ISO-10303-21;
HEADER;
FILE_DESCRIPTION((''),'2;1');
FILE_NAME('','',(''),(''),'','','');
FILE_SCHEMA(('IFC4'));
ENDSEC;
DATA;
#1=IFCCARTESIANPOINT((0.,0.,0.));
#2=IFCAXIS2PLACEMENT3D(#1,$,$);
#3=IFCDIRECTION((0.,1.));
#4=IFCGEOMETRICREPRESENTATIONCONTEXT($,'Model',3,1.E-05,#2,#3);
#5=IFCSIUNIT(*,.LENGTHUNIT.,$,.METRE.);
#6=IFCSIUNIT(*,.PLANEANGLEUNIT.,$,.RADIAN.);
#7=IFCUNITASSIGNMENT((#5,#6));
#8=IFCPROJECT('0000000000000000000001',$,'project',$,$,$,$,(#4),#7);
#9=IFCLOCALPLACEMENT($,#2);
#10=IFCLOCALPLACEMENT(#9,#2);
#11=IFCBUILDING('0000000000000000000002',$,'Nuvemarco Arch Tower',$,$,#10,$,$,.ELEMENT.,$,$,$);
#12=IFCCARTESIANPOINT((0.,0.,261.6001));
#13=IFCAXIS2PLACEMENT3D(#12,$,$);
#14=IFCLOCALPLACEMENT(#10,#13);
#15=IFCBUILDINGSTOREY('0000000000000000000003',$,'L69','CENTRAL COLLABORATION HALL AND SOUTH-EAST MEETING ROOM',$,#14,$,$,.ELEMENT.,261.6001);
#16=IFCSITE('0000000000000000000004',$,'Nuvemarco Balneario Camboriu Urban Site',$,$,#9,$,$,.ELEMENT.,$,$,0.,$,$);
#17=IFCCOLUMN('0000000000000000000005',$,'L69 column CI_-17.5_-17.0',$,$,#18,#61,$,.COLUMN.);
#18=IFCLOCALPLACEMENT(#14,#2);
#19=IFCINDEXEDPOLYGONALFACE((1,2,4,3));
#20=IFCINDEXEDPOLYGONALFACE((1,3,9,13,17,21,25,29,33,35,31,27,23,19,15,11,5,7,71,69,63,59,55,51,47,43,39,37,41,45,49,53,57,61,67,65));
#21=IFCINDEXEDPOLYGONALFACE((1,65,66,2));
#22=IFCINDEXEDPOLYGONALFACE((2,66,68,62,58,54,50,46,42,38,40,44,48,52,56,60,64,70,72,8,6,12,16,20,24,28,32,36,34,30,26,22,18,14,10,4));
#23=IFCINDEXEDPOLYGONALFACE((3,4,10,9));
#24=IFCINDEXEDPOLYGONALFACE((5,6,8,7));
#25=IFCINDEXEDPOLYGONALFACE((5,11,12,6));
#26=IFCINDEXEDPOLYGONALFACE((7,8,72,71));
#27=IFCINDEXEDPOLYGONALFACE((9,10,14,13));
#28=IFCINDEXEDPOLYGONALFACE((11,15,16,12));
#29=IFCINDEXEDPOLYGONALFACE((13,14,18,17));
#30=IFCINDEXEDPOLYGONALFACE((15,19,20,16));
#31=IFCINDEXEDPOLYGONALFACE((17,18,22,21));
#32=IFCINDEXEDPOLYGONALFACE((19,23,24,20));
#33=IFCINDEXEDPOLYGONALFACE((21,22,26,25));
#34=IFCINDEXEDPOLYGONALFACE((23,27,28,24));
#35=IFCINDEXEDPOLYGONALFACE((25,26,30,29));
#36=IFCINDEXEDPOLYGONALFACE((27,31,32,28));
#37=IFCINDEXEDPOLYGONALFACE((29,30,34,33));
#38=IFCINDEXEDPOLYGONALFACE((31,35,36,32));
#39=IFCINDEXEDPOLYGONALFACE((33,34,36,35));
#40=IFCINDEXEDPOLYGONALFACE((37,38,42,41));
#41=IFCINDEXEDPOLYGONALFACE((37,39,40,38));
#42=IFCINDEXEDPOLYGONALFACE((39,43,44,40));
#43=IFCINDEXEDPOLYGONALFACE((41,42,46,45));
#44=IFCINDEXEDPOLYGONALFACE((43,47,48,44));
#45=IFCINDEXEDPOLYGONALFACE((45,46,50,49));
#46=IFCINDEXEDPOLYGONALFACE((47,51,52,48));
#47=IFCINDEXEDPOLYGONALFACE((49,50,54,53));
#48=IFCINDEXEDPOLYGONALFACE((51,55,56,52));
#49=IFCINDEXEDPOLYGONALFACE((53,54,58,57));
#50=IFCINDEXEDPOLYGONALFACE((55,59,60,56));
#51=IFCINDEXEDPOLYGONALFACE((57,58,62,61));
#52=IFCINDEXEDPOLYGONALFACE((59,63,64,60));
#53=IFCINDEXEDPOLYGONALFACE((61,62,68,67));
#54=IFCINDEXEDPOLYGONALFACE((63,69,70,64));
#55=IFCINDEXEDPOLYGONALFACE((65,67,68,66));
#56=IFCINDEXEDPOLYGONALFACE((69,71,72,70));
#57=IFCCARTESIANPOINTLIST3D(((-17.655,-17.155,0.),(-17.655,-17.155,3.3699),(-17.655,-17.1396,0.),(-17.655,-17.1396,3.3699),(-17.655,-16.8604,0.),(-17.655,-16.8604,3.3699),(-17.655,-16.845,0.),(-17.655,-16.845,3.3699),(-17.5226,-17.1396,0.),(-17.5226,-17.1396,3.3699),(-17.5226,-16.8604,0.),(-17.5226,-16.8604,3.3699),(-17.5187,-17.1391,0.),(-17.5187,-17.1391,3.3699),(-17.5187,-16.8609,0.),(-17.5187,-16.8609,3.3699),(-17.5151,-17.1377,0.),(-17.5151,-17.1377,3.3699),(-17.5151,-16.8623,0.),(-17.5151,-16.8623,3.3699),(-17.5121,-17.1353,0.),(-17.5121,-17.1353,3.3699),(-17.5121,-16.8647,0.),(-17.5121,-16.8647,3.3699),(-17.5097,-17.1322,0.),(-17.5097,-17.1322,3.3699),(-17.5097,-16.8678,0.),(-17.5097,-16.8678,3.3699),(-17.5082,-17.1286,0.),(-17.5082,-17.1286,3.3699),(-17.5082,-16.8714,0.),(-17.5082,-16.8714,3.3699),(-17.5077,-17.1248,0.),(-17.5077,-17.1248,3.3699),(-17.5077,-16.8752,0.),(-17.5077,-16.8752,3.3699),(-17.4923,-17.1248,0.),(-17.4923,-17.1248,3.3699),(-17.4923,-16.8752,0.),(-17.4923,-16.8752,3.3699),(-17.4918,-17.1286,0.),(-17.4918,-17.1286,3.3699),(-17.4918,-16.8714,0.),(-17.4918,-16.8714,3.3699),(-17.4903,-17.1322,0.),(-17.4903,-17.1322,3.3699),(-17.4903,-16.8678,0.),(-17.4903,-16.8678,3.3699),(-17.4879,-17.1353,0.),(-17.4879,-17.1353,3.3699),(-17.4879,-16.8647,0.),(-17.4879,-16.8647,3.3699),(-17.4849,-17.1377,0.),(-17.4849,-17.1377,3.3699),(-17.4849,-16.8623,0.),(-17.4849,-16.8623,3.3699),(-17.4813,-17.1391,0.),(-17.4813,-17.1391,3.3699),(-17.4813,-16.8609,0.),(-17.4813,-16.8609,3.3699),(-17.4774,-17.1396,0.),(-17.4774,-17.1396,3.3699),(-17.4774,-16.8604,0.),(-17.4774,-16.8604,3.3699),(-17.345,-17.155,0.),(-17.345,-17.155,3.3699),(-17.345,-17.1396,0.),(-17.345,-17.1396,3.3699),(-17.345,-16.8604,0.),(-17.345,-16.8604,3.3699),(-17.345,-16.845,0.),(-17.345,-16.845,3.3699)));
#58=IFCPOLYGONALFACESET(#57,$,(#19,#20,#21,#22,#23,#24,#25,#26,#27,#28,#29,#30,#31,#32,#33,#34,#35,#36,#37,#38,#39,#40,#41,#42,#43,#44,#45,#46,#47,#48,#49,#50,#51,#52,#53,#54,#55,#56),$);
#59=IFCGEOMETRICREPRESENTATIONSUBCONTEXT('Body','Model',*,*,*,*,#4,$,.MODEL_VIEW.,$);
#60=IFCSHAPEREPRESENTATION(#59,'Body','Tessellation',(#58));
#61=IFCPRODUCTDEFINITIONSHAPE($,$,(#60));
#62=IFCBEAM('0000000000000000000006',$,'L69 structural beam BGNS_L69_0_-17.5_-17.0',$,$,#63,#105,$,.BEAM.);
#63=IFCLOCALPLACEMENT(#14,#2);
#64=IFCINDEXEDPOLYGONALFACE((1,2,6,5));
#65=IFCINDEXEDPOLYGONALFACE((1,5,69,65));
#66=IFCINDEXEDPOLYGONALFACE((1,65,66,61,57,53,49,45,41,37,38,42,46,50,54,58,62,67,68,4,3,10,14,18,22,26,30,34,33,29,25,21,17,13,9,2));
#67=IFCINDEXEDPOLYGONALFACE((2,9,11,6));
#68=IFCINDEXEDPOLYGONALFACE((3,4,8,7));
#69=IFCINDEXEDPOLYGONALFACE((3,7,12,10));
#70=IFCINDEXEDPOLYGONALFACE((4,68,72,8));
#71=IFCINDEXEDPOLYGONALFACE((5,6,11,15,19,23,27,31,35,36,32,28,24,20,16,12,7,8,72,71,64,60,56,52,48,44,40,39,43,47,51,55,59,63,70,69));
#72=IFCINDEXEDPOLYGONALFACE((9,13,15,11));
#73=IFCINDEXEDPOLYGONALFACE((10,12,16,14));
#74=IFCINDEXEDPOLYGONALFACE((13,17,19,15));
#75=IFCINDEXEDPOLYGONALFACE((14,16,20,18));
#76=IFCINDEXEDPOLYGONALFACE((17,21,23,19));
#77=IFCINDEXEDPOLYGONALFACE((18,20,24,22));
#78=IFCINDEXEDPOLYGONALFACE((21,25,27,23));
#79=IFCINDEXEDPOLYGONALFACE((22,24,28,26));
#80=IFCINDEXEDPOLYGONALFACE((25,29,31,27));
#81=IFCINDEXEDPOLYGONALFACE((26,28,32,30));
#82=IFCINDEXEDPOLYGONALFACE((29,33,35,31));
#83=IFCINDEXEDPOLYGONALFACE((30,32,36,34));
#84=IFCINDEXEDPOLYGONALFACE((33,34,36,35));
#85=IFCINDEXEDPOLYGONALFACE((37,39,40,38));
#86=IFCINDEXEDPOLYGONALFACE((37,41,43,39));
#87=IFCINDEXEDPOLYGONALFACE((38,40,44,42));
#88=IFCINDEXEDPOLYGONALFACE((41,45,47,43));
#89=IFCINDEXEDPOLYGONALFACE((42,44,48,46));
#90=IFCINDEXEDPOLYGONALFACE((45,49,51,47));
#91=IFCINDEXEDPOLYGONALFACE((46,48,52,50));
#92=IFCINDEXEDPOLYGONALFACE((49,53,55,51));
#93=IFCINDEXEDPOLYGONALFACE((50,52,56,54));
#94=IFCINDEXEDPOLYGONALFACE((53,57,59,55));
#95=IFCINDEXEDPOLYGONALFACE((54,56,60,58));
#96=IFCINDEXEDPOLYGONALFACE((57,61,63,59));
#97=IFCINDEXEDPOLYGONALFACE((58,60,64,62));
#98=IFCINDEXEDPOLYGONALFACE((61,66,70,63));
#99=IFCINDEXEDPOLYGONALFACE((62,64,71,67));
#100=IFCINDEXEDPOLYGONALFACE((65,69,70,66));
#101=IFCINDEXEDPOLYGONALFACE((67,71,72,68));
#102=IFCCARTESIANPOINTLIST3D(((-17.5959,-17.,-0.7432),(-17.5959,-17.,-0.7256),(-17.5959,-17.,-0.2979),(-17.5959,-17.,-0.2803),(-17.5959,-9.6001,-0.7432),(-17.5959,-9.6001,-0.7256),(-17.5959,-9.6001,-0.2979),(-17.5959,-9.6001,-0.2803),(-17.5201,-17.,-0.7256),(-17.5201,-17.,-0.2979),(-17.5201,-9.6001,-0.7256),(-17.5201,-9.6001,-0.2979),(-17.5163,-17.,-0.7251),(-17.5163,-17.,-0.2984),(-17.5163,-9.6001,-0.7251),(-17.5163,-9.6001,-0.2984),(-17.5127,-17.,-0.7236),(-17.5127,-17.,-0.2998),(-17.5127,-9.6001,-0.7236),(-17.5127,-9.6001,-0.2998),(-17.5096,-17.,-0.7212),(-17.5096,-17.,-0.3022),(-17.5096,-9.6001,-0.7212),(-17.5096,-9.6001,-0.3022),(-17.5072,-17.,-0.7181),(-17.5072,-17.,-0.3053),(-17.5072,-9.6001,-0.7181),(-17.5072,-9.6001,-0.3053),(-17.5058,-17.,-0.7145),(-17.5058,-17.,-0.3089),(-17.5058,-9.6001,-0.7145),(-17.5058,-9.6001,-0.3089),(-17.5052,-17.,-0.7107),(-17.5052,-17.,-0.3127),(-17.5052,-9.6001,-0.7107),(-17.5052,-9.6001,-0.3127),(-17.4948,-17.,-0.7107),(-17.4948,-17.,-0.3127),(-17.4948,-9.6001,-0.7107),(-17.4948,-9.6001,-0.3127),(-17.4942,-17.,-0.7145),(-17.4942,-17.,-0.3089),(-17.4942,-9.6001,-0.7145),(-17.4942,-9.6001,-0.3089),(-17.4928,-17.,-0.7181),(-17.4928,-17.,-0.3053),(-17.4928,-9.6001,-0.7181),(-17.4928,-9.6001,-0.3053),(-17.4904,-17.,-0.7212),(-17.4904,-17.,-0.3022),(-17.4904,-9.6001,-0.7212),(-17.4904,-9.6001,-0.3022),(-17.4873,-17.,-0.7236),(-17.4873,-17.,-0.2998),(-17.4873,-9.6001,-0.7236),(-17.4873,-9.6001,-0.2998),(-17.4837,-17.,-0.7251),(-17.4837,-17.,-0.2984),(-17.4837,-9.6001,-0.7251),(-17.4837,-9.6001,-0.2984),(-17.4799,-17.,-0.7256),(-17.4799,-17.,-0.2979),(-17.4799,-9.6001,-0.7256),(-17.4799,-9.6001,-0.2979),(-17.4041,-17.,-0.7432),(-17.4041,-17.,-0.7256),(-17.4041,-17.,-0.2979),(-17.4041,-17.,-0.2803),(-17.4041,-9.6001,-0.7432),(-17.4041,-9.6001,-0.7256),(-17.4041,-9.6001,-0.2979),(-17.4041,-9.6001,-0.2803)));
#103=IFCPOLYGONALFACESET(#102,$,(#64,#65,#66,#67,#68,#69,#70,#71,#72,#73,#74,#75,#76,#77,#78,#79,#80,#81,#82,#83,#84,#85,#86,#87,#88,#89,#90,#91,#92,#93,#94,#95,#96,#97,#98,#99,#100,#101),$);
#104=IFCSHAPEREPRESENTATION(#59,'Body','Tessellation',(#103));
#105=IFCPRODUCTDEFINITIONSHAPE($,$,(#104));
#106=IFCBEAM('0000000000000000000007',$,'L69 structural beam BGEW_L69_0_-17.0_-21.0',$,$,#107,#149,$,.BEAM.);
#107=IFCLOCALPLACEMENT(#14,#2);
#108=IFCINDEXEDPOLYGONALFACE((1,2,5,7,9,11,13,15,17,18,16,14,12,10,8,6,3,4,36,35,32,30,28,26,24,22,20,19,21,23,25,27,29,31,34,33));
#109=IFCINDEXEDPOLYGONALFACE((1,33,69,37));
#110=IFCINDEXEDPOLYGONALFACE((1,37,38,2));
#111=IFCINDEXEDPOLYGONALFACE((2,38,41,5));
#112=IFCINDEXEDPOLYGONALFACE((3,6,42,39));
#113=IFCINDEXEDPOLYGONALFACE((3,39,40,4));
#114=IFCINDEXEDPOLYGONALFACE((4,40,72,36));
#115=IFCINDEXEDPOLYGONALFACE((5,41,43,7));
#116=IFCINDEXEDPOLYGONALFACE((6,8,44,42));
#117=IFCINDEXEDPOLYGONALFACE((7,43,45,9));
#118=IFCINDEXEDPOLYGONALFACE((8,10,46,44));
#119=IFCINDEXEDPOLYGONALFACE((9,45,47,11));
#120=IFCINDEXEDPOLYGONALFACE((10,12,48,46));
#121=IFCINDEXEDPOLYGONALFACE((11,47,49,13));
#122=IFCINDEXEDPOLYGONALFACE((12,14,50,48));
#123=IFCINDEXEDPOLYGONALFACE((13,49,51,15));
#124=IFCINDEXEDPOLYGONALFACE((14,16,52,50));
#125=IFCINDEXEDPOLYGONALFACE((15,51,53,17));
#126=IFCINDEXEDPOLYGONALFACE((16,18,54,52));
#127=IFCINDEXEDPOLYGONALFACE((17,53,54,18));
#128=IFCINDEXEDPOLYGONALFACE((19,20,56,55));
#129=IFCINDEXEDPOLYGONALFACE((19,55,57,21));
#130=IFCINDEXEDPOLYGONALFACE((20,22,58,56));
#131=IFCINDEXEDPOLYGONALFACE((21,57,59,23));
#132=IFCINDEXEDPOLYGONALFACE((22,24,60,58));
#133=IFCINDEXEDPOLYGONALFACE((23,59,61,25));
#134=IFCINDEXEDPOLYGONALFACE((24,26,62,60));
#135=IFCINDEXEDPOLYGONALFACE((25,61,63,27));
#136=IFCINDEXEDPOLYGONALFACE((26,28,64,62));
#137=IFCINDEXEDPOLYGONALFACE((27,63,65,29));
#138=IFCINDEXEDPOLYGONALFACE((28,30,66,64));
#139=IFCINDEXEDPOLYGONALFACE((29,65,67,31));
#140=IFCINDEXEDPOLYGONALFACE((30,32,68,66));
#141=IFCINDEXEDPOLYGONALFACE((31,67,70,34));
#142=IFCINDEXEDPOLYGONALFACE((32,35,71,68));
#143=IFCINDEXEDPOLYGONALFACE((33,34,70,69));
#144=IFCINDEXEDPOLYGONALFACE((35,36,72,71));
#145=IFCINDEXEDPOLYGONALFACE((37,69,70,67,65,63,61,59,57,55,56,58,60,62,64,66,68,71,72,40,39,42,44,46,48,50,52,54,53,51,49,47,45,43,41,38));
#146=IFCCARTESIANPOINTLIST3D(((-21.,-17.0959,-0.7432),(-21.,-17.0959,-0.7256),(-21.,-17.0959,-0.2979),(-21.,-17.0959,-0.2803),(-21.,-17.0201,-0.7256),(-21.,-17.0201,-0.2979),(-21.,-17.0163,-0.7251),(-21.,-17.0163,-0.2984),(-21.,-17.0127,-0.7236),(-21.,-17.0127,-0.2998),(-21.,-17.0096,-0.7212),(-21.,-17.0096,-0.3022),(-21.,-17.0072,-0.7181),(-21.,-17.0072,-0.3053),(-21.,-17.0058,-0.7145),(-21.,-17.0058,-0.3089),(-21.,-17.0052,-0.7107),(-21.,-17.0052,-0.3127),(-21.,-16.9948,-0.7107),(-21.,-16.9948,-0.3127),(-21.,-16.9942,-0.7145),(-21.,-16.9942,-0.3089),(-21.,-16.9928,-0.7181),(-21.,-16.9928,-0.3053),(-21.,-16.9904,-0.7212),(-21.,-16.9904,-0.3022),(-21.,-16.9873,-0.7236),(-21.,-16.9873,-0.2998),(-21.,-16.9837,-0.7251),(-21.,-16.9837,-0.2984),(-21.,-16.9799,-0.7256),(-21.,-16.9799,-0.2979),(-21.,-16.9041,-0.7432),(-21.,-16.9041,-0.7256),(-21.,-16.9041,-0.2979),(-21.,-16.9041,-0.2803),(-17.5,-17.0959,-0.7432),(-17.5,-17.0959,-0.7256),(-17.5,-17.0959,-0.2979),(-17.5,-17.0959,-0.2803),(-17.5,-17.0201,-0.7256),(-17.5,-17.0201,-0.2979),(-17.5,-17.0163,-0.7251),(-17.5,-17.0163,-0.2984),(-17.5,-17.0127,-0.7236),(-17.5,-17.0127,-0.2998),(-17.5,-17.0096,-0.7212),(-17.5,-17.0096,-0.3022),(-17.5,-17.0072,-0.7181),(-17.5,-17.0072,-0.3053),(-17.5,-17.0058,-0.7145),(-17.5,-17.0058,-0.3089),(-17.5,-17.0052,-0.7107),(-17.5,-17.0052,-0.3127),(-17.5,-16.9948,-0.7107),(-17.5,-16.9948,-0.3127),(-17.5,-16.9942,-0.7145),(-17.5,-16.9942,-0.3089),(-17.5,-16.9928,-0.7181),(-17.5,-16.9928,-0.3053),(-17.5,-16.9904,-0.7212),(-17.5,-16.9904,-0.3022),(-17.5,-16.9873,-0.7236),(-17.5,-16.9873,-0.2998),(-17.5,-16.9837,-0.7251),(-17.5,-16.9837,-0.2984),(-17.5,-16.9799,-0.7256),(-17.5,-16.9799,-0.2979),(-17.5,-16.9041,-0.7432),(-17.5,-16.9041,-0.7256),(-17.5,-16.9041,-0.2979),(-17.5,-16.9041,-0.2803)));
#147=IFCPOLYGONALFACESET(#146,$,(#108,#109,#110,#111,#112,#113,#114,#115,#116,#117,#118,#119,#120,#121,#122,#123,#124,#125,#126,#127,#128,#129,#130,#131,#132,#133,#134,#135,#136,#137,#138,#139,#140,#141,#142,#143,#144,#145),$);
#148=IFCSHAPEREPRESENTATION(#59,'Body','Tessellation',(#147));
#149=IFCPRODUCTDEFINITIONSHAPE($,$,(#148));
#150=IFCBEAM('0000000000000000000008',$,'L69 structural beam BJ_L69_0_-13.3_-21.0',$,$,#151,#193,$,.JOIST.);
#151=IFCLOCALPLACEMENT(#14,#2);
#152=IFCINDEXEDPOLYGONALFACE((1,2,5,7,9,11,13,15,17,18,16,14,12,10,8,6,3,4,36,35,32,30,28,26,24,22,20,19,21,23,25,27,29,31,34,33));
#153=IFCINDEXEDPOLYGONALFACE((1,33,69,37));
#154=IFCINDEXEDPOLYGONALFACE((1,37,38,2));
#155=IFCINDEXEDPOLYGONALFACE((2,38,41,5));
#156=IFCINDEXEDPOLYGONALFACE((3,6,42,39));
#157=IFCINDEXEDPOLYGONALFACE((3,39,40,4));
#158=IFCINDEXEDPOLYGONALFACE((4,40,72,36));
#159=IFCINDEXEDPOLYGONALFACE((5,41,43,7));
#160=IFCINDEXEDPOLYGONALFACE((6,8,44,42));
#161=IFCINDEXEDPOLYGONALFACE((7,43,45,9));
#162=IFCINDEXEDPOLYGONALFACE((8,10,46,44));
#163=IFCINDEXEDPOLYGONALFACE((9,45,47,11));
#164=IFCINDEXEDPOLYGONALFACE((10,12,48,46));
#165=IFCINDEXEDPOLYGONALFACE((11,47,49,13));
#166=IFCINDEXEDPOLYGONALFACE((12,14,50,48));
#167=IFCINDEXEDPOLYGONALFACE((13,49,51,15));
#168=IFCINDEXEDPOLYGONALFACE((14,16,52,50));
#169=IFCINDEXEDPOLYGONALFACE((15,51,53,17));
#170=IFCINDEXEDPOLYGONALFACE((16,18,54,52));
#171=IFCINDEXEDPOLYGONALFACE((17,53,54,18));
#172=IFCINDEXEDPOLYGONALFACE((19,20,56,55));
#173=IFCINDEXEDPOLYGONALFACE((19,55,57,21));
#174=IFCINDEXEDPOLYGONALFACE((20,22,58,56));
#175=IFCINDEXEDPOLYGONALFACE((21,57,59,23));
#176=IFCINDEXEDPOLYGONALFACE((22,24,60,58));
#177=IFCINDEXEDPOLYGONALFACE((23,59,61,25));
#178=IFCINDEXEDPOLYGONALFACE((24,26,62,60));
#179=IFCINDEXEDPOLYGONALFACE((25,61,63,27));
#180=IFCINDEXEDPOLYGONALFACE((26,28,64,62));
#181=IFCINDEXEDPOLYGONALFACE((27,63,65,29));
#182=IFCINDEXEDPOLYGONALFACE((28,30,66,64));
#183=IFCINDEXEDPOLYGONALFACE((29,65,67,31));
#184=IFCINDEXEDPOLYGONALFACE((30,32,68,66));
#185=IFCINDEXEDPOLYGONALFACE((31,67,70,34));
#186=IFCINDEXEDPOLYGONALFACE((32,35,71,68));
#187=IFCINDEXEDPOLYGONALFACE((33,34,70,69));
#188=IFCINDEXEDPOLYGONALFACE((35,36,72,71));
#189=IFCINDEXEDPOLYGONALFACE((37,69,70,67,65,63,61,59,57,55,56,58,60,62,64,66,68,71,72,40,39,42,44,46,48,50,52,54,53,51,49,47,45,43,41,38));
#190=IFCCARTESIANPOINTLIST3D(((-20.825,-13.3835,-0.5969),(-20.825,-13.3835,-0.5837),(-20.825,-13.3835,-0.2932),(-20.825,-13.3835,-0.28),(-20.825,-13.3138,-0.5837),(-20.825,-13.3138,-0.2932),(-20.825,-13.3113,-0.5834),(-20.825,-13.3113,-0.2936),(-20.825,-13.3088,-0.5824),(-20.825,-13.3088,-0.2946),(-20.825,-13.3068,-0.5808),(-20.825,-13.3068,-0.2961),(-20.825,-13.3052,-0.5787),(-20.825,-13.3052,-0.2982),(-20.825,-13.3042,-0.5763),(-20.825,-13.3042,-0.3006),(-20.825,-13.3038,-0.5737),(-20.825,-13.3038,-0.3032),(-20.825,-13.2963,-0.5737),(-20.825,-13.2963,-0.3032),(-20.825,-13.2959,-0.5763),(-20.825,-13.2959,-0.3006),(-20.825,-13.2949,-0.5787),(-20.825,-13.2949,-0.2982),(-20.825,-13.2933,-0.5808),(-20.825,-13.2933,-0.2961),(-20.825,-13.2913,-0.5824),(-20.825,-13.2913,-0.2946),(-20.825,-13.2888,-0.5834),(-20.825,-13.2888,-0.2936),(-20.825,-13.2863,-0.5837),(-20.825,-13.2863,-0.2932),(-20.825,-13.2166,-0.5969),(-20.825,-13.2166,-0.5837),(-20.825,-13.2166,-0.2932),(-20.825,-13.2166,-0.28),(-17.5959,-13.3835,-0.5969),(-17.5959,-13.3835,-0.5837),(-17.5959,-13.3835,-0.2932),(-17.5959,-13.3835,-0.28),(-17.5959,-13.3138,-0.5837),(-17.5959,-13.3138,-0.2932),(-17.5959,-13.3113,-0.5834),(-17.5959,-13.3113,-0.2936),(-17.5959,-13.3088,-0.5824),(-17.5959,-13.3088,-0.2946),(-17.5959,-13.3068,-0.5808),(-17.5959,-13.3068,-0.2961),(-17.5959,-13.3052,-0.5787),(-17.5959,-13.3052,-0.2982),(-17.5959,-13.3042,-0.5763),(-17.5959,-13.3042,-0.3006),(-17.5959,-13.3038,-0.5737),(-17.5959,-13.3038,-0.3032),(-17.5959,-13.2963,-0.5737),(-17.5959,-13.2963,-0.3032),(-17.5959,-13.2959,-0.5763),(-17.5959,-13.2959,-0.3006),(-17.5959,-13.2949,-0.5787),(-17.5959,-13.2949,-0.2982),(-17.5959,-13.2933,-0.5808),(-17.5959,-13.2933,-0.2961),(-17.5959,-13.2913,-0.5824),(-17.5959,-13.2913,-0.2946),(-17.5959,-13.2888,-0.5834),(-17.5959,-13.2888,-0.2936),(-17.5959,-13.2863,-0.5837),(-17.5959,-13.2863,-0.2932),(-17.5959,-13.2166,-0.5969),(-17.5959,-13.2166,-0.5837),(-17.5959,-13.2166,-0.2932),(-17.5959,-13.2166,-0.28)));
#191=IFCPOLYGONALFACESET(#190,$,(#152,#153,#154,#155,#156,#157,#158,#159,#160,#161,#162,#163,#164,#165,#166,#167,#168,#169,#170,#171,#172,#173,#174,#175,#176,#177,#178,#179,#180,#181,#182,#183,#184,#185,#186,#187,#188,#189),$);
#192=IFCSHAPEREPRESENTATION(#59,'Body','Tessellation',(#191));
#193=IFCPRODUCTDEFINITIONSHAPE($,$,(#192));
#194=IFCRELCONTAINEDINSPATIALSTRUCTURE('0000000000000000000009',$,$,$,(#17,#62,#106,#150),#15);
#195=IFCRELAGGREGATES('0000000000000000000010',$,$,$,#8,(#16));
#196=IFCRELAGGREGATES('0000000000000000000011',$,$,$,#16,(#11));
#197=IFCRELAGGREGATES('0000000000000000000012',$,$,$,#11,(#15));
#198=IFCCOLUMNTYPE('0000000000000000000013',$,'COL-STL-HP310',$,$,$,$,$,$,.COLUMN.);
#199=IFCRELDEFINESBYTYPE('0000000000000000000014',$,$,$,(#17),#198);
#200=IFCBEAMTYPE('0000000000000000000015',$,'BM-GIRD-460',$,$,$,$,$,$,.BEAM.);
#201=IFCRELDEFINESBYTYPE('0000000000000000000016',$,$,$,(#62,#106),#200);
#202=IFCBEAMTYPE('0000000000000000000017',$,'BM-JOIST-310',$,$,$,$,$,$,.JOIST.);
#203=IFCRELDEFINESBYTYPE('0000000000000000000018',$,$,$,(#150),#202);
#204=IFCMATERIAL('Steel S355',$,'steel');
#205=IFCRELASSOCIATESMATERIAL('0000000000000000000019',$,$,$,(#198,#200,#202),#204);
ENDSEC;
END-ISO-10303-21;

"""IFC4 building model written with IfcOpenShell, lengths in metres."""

from ifc_helpers import new_model, si_unit, direction, frame, origin, origin_2d, place, context, subcontext, project, spatial, i_section, extrude, material, material_profile, profile_set, type_object, element, save


model = new_model("IFC4")

# Units and contexts
model_context = context("Model", 3, precision=1e-05, world=origin(), true_north=direction((0.0, 1.0)))
body_context = subcontext(model_context, "Body", "Model", "MODEL_VIEW")
ifc_project = project(units=[si_unit("LENGTHUNIT", "METRE"), si_unit("PLANEANGLEUNIT", "RADIAN")], contexts=[model_context])

# Site, building, storey
site_placement = place(None, origin())
site = spatial("IfcSite", under=ifc_project, at=site_placement, Name="Nuvemarco Balneario Camboriu Urban Site", CompositionType="ELEMENT", RefElevation=0.0)
building_placement = place(site_placement, origin())
building = spatial("IfcBuilding", under=site, at=building_placement, Name="Nuvemarco Arch Tower", CompositionType="ELEMENT")
storey_placement = place(building_placement, frame((0.0, 0.0, 261.6001)))
storey = spatial("IfcBuildingStorey", under=building, at=storey_placement, Name="L69", Description="CENTRAL COLLABORATION HALL AND SOUTH-EAST MEETING ROOM", CompositionType="ELEMENT", Elevation=261.6001)

# Column
ifc_material_1 = material(Name="Steel S355", Category="steel")
ifc_material_profile_1 = material_profile(ifc_material_1, i_section(OverallWidth=0.3101, OverallDepth=0.3101, WebThickness=0.0154, FlangeThickness=0.0154, FilletRadius=0.0149, at=origin_2d()), Name="HP310x110")
ifc_profile_set_1 = profile_set([ifc_material_profile_1], Name="Steel S355")
column_type = type_object("IfcColumnType", Name="COL-STL-HP310", PredefinedType="COLUMN", material=ifc_profile_set_1)
column_placement = place(storey_placement, frame((-17.5, -17.0, 0.0), z_axis=(0.0, 0.0, 1.0), x_axis=(1.0, 0.0, 0.0)))
element("IfcColumn", 1, at=column_placement, inside=storey, type_object=column_type, Name="L69 column CI_-17.5_-17.0", PredefinedType="COLUMN", context=body_context, shape_type="SweptSolid", body=[
    extrude(i_section(OverallWidth=0.3101, OverallDepth=0.3101, WebThickness=0.0154, FlangeThickness=0.0154, FilletRadius=0.0149, at=origin_2d()), origin(), (0.0, 0.0, 1.0), 3.3699),
])

# Beams
ifc_material_profile_2 = material_profile(ifc_material_1, i_section(OverallWidth=0.1919, OverallDepth=0.4629, WebThickness=0.0105, FlangeThickness=0.0176, FilletRadius=0.0149, at=origin_2d()), Name="W460x89")
ifc_profile_set_2 = profile_set([ifc_material_profile_2], Name="Steel S355")
beam_type_1 = type_object("IfcBeamType", Name="BM-GIRD-460", PredefinedType="BEAM", material=ifc_profile_set_2)
beam_1_placement = place(storey_placement, frame((-17.5, -17.0, -0.5117), z_axis=(0.0, 1.0, 0.0), x_axis=(-1.0, 0.0, 0.0)))
element("IfcBeam", 2, at=beam_1_placement, inside=storey, type_object=beam_type_1, Name="L69 structural beam BGNS_L69_0_-17.5_-17.0", PredefinedType="BEAM", context=body_context, shape_type="SweptSolid", body=[
    extrude(i_section(OverallWidth=0.1919, OverallDepth=0.4629, WebThickness=0.0105, FlangeThickness=0.0176, FilletRadius=0.0149, at=origin_2d()), origin(), (0.0, 0.0, 1.0), 7.3999),
])
beam_2_placement = place(storey_placement, frame((-21.0, -17.0, -0.5117), z_axis=(1.0, 0.0, 0.0), x_axis=(0.0, 1.0, 0.0)))
element("IfcBeam", 3, at=beam_2_placement, inside=storey, type_object=beam_type_1, Name="L69 structural beam BGEW_L69_0_-17.0_-21.0", PredefinedType="BEAM", context=body_context, shape_type="SweptSolid", body=[
    extrude(i_section(OverallWidth=0.1919, OverallDepth=0.4629, WebThickness=0.0105, FlangeThickness=0.0176, FilletRadius=0.0149, at=origin_2d()), origin(), (0.0, 0.0, 1.0), 3.5),
])
ifc_material_profile_3 = material_profile(ifc_material_1, i_section(OverallWidth=0.167, OverallDepth=0.3169, WebThickness=0.0076, FlangeThickness=0.0132, FilletRadius=0.01, at=origin_2d()), Name="W310x52")
ifc_profile_set_3 = profile_set([ifc_material_profile_3], Name="Steel S355")
beam_type_2 = type_object("IfcBeamType", Name="BM-JOIST-310", PredefinedType="JOIST", material=ifc_profile_set_3)
beam_3_placement = place(storey_placement, frame((-20.825, -13.3, -0.4385), z_axis=(1.0, 0.0, 0.0), x_axis=(0.0, 1.0, 0.0)))
element("IfcBeam", 4, at=beam_3_placement, inside=storey, type_object=beam_type_2, Name="L69 structural beam BJ_L69_0_-13.3_-21.0", PredefinedType="JOIST", context=body_context, shape_type="SweptSolid", body=[
    extrude(i_section(OverallWidth=0.167, OverallDepth=0.3169, WebThickness=0.0076, FlangeThickness=0.0132, FilletRadius=0.01, at=origin_2d()), origin(), (0.0, 0.0, 1.0), 3.229),
])

save(model, "model.ifc")
